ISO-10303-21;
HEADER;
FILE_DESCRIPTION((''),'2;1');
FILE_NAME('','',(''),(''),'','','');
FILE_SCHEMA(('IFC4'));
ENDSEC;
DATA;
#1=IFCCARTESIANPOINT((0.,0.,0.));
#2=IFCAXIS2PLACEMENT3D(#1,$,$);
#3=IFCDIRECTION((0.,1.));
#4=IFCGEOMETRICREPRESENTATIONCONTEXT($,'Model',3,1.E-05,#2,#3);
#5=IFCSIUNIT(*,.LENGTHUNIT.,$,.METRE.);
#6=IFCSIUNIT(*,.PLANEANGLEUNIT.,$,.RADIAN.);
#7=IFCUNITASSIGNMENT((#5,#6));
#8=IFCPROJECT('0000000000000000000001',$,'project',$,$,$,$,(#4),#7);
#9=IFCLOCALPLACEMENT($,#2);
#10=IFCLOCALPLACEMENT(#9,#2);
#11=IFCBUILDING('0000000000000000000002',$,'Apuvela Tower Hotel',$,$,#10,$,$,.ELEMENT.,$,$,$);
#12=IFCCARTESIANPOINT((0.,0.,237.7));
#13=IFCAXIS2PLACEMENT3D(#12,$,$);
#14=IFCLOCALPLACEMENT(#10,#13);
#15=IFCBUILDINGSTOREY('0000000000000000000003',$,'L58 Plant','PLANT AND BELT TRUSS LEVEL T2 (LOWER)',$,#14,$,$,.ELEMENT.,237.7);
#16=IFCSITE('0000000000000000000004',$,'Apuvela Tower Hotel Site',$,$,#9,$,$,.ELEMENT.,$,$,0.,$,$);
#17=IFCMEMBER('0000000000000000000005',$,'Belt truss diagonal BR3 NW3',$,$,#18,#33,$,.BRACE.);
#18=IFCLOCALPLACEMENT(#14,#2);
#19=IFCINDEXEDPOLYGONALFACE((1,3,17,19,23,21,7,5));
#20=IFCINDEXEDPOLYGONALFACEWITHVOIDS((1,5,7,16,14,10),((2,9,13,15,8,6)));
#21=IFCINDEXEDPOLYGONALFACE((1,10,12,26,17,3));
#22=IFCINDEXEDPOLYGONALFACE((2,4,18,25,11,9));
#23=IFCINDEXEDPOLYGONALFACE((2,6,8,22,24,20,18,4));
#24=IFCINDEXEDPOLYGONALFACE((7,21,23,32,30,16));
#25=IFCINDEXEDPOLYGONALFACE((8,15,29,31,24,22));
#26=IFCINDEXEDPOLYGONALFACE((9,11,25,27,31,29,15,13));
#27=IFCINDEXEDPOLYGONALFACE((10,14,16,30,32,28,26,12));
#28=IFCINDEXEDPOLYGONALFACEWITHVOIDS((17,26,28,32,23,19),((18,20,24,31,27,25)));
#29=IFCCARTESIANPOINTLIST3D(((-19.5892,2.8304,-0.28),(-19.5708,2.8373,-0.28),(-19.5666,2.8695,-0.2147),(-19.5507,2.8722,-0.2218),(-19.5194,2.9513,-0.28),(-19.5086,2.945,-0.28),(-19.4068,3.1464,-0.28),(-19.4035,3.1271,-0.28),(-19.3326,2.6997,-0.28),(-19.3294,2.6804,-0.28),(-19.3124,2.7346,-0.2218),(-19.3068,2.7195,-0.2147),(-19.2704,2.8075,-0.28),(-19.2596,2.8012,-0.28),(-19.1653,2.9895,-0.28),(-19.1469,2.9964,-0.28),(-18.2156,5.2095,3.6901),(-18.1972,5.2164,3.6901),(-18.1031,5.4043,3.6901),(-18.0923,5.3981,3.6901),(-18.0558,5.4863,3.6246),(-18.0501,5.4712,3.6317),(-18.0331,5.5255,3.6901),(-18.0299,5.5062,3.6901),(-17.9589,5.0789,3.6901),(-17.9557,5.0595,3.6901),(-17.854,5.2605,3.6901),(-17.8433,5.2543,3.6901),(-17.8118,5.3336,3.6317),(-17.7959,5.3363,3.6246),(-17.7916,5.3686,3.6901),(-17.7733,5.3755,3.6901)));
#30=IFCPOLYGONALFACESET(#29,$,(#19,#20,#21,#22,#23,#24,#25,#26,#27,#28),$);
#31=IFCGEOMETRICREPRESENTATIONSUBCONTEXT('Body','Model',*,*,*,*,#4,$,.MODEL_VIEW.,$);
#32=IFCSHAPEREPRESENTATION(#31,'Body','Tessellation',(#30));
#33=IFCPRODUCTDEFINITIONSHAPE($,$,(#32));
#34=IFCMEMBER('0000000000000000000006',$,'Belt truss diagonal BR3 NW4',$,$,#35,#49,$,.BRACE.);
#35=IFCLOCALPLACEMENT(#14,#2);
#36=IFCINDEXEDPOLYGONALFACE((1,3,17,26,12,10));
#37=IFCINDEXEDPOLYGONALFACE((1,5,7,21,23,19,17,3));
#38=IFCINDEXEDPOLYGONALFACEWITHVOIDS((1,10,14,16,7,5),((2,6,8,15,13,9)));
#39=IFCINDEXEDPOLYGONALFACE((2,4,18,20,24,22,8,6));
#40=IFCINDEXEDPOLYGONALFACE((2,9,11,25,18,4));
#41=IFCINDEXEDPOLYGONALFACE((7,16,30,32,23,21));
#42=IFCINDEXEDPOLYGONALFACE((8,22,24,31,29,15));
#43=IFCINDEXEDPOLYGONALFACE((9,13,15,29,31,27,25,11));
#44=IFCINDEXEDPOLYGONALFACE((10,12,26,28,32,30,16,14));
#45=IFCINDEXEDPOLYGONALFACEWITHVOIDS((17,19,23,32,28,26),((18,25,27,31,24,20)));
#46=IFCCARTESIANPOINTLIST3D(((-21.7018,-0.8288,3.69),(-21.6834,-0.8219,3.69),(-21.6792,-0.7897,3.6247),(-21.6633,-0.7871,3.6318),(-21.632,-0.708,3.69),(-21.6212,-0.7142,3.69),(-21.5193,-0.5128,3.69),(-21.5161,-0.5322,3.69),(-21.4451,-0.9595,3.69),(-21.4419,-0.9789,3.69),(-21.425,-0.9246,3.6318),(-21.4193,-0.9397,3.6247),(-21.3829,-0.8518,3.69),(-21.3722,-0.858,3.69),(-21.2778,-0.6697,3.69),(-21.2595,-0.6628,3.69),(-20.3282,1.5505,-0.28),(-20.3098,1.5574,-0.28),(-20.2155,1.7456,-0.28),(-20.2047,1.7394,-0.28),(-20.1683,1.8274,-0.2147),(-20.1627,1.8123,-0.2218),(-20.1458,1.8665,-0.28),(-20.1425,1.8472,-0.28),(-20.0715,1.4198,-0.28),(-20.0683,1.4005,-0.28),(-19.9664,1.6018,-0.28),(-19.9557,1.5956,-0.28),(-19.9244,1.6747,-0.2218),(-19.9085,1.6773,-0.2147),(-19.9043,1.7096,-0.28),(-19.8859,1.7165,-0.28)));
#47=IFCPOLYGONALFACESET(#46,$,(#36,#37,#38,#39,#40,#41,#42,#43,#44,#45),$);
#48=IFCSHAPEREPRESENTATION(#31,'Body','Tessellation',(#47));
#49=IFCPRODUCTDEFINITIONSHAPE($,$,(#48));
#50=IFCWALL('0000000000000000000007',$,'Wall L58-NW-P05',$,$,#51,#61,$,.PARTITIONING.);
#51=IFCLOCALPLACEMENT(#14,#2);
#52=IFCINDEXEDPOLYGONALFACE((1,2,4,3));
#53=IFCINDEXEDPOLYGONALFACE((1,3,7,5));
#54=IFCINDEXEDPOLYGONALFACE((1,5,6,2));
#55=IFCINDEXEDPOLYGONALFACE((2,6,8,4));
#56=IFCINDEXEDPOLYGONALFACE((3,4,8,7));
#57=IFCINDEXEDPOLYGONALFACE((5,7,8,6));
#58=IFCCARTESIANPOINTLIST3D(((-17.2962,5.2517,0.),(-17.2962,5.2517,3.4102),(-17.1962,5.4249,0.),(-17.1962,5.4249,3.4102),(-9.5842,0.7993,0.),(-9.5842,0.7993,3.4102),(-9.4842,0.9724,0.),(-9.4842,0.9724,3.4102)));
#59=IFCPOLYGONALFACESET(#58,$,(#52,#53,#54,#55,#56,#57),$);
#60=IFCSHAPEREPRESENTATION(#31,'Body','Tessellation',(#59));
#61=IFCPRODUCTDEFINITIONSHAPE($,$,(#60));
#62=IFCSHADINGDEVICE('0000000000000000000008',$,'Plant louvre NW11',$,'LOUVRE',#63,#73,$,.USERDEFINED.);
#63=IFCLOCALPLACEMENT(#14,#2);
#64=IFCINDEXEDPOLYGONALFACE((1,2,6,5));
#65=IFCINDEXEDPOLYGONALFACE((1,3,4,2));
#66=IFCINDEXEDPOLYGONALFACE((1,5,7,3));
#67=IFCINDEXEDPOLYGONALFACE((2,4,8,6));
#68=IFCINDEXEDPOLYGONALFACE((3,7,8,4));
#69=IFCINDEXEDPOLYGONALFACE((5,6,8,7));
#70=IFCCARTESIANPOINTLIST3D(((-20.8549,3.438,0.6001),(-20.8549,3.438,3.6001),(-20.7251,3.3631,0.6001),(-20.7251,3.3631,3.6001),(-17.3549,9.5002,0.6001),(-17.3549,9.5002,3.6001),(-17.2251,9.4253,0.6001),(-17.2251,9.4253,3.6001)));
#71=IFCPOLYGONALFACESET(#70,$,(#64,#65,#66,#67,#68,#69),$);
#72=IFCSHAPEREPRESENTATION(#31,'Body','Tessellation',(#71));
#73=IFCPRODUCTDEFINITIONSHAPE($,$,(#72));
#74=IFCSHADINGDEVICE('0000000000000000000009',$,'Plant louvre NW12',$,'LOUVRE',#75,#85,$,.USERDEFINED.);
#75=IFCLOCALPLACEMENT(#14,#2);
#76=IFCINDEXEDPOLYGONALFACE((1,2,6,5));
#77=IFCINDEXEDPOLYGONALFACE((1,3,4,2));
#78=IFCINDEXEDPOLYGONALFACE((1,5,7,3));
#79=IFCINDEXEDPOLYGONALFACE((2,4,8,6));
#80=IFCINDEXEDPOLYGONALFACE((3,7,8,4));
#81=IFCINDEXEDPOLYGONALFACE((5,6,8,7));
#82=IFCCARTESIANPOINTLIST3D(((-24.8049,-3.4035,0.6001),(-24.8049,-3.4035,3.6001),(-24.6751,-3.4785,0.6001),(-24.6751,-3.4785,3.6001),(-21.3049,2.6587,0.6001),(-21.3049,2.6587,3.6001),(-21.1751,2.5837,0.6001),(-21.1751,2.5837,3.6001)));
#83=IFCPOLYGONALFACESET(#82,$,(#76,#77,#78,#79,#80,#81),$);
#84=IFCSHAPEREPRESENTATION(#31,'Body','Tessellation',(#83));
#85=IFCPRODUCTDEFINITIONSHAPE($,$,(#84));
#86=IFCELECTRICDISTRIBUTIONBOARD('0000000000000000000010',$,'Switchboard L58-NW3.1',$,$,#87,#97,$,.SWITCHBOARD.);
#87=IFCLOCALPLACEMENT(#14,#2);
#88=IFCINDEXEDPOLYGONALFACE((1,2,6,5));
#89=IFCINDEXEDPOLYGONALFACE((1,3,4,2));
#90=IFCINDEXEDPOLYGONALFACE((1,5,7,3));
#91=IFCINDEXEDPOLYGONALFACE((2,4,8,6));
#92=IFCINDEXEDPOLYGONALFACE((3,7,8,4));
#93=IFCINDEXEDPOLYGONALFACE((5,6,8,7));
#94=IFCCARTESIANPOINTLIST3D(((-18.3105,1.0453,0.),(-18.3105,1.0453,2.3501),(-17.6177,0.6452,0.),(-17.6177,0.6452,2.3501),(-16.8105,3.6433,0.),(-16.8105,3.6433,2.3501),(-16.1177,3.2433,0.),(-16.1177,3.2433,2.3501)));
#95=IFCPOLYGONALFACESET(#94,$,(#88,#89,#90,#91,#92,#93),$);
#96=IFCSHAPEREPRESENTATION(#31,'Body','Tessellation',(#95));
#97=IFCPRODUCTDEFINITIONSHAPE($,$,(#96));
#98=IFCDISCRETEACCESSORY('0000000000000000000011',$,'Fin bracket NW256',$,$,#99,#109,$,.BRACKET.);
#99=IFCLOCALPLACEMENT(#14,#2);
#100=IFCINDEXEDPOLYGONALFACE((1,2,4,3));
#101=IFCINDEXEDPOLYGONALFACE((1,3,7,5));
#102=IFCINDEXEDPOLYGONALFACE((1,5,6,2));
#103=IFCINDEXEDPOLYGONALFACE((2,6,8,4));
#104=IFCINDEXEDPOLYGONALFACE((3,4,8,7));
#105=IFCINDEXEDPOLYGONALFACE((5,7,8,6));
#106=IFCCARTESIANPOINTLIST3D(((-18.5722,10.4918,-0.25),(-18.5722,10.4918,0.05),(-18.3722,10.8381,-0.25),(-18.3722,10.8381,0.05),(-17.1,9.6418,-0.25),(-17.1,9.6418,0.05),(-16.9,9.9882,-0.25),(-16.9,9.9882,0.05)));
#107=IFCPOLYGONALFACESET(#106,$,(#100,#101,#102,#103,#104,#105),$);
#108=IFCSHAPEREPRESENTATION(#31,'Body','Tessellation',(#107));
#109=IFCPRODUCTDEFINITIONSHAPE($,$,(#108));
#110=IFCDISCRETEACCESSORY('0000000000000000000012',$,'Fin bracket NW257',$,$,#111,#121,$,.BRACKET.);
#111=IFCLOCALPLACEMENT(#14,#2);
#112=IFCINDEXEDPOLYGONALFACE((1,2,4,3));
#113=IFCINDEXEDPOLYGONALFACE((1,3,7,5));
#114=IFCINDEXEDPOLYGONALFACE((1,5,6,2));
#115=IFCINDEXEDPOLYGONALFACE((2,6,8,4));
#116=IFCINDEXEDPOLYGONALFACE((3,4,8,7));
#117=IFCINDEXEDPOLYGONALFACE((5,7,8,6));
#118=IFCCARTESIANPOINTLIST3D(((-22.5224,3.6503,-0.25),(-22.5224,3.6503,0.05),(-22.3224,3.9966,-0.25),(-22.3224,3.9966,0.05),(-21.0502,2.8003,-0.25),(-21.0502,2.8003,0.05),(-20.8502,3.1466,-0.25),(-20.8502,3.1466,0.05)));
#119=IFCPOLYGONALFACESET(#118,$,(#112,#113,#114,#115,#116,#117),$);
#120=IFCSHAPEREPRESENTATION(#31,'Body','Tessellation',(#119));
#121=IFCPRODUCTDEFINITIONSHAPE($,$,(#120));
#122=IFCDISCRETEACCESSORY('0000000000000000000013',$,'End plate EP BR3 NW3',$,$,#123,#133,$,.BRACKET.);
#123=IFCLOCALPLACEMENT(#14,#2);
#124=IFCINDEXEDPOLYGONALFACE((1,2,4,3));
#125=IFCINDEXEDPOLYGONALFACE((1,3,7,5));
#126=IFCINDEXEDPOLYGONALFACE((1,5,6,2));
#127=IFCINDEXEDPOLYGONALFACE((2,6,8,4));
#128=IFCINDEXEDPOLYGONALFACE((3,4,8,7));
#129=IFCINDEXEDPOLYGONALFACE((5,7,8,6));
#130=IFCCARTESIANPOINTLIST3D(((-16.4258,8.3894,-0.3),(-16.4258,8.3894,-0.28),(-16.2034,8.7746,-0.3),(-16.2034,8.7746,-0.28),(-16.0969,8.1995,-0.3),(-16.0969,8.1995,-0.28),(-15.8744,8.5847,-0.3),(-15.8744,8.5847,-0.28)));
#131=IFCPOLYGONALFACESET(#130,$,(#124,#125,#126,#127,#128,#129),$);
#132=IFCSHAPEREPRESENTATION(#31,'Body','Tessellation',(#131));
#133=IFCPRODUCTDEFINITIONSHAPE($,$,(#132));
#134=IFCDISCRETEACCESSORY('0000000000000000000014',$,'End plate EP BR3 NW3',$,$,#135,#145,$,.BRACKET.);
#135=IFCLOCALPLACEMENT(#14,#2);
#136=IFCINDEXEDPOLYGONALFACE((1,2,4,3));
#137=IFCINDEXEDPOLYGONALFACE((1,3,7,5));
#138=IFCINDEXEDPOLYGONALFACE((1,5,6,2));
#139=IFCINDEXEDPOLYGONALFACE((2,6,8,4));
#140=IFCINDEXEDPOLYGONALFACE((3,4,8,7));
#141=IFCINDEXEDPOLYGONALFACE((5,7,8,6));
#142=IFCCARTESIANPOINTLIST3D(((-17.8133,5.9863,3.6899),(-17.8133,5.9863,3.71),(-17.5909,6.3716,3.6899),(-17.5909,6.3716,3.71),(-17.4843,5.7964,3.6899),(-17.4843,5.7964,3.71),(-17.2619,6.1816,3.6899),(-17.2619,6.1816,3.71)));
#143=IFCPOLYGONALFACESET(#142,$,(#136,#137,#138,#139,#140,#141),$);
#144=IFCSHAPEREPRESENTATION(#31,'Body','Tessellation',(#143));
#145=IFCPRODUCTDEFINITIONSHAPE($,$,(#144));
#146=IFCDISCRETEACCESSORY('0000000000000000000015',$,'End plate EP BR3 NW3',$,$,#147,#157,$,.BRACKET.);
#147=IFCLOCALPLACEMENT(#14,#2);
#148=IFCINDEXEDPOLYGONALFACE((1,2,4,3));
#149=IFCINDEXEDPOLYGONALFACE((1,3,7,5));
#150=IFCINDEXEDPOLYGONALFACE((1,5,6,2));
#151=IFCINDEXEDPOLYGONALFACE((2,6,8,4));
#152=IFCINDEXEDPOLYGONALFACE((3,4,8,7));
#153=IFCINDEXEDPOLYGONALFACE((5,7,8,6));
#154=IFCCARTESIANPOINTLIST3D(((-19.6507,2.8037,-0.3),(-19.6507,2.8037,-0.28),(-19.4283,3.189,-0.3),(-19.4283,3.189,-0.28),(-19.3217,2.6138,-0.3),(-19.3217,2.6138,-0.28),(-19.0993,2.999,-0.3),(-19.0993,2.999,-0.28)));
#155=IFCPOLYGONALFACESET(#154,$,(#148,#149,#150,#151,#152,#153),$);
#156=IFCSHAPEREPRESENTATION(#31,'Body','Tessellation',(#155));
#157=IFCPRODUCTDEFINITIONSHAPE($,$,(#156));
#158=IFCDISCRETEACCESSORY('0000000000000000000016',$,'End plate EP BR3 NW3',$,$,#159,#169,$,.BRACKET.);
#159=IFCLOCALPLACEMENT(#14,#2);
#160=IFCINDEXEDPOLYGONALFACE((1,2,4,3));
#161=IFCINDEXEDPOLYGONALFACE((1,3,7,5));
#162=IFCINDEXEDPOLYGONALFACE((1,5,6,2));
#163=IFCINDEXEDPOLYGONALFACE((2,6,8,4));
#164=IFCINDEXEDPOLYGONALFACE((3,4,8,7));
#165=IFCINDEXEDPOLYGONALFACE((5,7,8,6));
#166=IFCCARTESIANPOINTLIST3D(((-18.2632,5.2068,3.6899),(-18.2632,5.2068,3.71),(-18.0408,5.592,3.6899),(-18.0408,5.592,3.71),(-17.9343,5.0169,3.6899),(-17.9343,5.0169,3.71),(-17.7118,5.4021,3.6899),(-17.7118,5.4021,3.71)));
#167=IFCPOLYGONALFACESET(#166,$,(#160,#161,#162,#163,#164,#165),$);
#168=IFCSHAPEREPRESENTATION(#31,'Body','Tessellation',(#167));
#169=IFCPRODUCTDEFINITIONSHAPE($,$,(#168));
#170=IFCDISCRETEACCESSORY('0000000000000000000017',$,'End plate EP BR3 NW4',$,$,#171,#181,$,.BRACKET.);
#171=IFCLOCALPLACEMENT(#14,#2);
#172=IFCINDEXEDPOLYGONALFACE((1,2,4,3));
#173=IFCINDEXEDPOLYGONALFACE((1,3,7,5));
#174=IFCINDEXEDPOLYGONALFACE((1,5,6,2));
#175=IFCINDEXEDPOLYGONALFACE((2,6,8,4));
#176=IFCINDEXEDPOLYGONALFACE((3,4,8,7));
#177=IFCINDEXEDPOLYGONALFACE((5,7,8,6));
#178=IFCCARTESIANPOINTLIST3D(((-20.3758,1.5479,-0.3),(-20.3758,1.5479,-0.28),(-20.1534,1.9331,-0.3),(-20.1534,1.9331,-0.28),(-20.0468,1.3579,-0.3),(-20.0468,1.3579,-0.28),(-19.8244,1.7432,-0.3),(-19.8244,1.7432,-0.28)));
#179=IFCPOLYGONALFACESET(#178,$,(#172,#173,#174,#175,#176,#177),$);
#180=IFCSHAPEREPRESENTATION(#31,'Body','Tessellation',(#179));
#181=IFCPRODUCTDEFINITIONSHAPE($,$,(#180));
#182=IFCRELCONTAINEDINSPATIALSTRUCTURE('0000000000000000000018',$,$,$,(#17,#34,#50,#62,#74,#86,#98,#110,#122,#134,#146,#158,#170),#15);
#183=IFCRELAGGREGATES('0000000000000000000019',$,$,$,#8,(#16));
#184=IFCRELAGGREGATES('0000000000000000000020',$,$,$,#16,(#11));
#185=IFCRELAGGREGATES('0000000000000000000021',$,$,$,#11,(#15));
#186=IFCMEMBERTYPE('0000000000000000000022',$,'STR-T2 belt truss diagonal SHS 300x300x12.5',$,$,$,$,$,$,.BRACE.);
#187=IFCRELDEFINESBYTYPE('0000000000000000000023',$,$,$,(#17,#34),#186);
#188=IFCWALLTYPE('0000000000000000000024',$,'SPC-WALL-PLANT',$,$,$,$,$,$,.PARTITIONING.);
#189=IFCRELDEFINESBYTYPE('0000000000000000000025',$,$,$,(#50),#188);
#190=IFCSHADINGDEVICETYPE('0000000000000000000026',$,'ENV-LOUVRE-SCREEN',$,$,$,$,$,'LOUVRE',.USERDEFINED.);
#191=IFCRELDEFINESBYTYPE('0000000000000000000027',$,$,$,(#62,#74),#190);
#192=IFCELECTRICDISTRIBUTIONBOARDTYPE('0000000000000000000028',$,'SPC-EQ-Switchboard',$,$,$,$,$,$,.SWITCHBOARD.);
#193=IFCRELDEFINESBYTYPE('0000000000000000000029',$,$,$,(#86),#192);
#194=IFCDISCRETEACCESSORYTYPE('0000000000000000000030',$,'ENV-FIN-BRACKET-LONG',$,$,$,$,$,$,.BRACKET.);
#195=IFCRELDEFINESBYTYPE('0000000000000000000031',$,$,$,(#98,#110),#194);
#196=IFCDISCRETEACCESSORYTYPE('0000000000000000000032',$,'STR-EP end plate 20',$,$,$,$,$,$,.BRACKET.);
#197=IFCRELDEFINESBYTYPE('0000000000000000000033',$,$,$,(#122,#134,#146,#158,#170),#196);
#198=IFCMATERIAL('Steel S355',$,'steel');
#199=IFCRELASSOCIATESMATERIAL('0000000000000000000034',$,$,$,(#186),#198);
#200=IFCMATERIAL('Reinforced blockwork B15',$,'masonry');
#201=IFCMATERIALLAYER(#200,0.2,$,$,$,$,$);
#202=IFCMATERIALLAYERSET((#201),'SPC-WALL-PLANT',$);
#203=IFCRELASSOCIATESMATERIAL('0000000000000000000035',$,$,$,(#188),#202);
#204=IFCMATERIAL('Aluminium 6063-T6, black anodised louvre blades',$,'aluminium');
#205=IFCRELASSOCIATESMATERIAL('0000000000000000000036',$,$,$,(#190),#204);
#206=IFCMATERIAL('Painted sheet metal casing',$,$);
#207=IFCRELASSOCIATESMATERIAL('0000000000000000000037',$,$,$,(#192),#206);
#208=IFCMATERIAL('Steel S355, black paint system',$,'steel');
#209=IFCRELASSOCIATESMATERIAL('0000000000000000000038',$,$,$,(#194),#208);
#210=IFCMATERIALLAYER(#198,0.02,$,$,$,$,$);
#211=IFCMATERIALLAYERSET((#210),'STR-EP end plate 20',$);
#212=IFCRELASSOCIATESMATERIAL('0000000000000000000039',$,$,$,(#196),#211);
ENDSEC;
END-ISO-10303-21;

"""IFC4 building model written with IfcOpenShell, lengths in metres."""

from ifc_helpers import new_model, si_unit, direction, frame, frame_2d, origin, origin_2d, place, context, subcontext, project, spatial, rectangle, hollow_rectangle, extrude, boolean, halfspace, material, layer, layer_set, material_profile, profile_set, type_object, element, save


model = new_model("IFC4")

# Units and contexts
model_context = context("Model", 3, precision=1e-05, world=origin(), true_north=direction((0.0, 1.0)))
body_context = subcontext(model_context, "Body", "Model", "MODEL_VIEW")
ifc_project = project(units=[si_unit("LENGTHUNIT", "METRE"), si_unit("PLANEANGLEUNIT", "RADIAN")], contexts=[model_context])

# Site, building, storey
site_placement = place(None, origin())
site = spatial("IfcSite", under=ifc_project, at=site_placement, Name="Apuvela Tower Hotel Site", CompositionType="ELEMENT", RefElevation=0.0)
building_placement = place(site_placement, origin())
building = spatial("IfcBuilding", under=site, at=building_placement, Name="Apuvela Tower Hotel", CompositionType="ELEMENT")
storey_placement = place(building_placement, frame((0.0, 0.0, 237.7)))
storey = spatial("IfcBuildingStorey", under=building, at=storey_placement, Name="L58 Plant", Description="PLANT AND BELT TRUSS LEVEL T2 (LOWER)", CompositionType="ELEMENT", Elevation=237.7)

# Shared definitions
ifc_material_1 = material(Name="Steel S355", Category="steel")

# Members
ifc_material_profile_1 = material_profile(ifc_material_1, hollow_rectangle(XDim=0.3, YDim=0.3, WallThickness=0.0125, at=origin_2d()), Name="SHS 300x300x12.5")
ifc_profile_set_1 = profile_set([ifc_material_profile_1], Name="Steel S355")
member_type_1 = type_object("IfcMemberType", Name="STR-T2 belt truss diagonal SHS 300x300x12.5", PredefinedType="BRACE", material=ifc_profile_set_1)
member_1_placement = place(storey_placement, frame((-19.375, 2.9014, -0.3), z_axis=(0.284519, 0.49279, 0.822318), x_axis=(-0.411167, -0.712144, 0.569028)))
solid_1 = boolean("DIFFERENCE", boolean("DIFFERENCE", extrude(hollow_rectangle(XDim=0.3, YDim=0.3, WallThickness=0.0125, at=origin_2d()), frame((0.0, 0.0, -0.2239)), (0.0, 0.0, 1.0), 5.324), halfspace(frame((0.0, 0.0, 0.0244), z_axis=(0.569028, 0.0, 0.822318), x_axis=(0.822318, 0.0, -0.569028)), True)), halfspace(frame((0.0, 0.0, 4.8523), z_axis=(0.569028, 0.0, 0.822318), x_axis=(0.822318, 0.0, -0.569028)), False))
element("IfcMember", 1, at=member_1_placement, inside=storey, type_object=member_type_1, Name="Belt truss diagonal BR3 NW3", PredefinedType="BRACE", context=body_context, shape_type="SweptSolid", body=[
    boolean("UNION", boolean("DIFFERENCE", boolean("DIFFERENCE", extrude(hollow_rectangle(XDim=0.3, YDim=0.3, WallThickness=0.0125, at=origin_2d()), origin(), (0.0, 0.0, 1.0), 4.8765), halfspace(frame((0.0, 0.0, 0.0244), z_axis=(0.569028, 0.0, 0.822318), x_axis=(0.822318, 0.0, -0.569028)), True)), halfspace(frame((0.0, 0.0, 4.8523), z_axis=(0.569028, 0.0, 0.822318), x_axis=(0.822318, 0.0, -0.569028)), False)), solid_1),
])
member_2_placement = place(storey_placement, frame((-20.1001, 1.6455, -0.3), z_axis=(-0.284512, -0.492828, 0.822298), x_axis=(0.411125, 0.712144, 0.569058)))
solid_2 = boolean("DIFFERENCE", boolean("DIFFERENCE", extrude(hollow_rectangle(XDim=0.3, YDim=0.3, WallThickness=0.0125, at=origin_2d()), frame((0.0, 0.0, -0.2239)), (0.0, 0.0, 1.0), 5.3242), halfspace(frame((0.0, 0.0, 0.0244), z_axis=(0.569058, 0.0, 0.822298), x_axis=(0.822298, 0.0, -0.569058)), True)), halfspace(frame((0.0, 0.0, 4.8523), z_axis=(0.569058, 0.0, 0.822298), x_axis=(0.822298, 0.0, -0.569058)), False))
element("IfcMember", 2, at=member_2_placement, inside=storey, type_object=member_type_1, Name="Belt truss diagonal BR3 NW4", PredefinedType="BRACE", context=body_context, shape_type="SweptSolid", body=[
    boolean("UNION", boolean("DIFFERENCE", boolean("DIFFERENCE", extrude(hollow_rectangle(XDim=0.3, YDim=0.3, WallThickness=0.0125, at=origin_2d()), origin(), (0.0, 0.0, 1.0), 4.8767), halfspace(frame((0.0, 0.0, 0.0244), z_axis=(0.569058, 0.0, 0.822298), x_axis=(0.822298, 0.0, -0.569058)), True)), halfspace(frame((0.0, 0.0, 4.8523), z_axis=(0.569058, 0.0, 0.822298), x_axis=(0.822298, 0.0, -0.569058)), False)), solid_2),
])

# Wall
ifc_material_2 = material(Name="Reinforced blockwork B15", Category="masonry")
ifc_layer_1 = layer(ifc_material_2, 0.2)
ifc_layer_set_1 = layer_set([ifc_layer_1], Name="SPC-WALL-PLANT")
wall_type = type_object("IfcWallType", Name="SPC-WALL-PLANT", PredefinedType="PARTITIONING", material=ifc_layer_set_1)
wall_placement = place(storey_placement, frame((-17.2463, 5.3384, 0.0), z_axis=(0.0, 0.0, 1.0), x_axis=(0.866029, -0.499993, 0.0)))
element("IfcWall", 3, at=wall_placement, inside=storey, type_object=wall_type, Name="Wall L58-NW-P05", PredefinedType="PARTITIONING", context=body_context, shape_type="SweptSolid", body=[
    extrude(rectangle(XDim=8.905, YDim=0.2, at=frame_2d((4.4526, 0.0))), origin(), (0.0, 0.0, 1.0), 3.4102),
])

# Shading devices
ifc_material_3 = material(Name="Aluminium 6063-T6, black anodised louvre blades", Category="aluminium")
shading_device_type = type_object("IfcShadingDeviceType", Name="ENV-LOUVRE-SCREEN", ElementType="LOUVRE", PredefinedType="USERDEFINED", material=ifc_material_3)
for number, where, z_axis, x_axis, name in (
    (4, (-19.04, 6.4316, 0.6001), (0.0, 0.0, 1.0), (-0.5, -0.866025, 0.0), "Plant louvre NW11"),
    (5, (-22.99, -0.4099, 0.6001), (0.0, 0.0, 1.0), (-0.5, -0.866025, 0.0), "Plant louvre NW12"),
):
    element("IfcShadingDevice", number, at=place(storey_placement, frame(where, z_axis=z_axis, x_axis=x_axis)), inside=storey, type_object=shading_device_type, Name=name, ObjectType="LOUVRE", PredefinedType="USERDEFINED", context=body_context, shape_type="SweptSolid", body=[
        extrude(rectangle(XDim=7.0, YDim=0.1499, at=origin_2d()), origin(), (0.0, 0.0, 1.0), 3.0),
    ])

# Electric distribution board
ifc_material_4 = material(Name="Painted sheet metal casing")
electric_distribution_board_type = type_object("IfcElectricDistributionBoardType", Name="SPC-EQ-Switchboard", PredefinedType="SWITCHBOARD", material=ifc_material_4)
electric_distribution_board_placement = place(storey_placement, frame((-17.2141, 2.1443, 0.0), z_axis=(0.0, 0.0, 1.0), x_axis=(-0.5, -0.866025, 0.0)))
element("IfcElectricDistributionBoard", 6, at=electric_distribution_board_placement, inside=storey, type_object=electric_distribution_board_type, Name="Switchboard L58-NW3.1", PredefinedType="SWITCHBOARD", context=body_context, shape_type="SweptSolid", body=[
    extrude(rectangle(XDim=3.0, YDim=0.8, at=origin_2d()), origin(), (0.0, 0.0, 1.0), 2.3501),
])

# Discrete accessories
ifc_material_5 = material(Name="Steel S355, black paint system", Category="steel")
discrete_accessory_type_1 = type_object("IfcDiscreteAccessoryType", Name="ENV-FIN-BRACKET-LONG", PredefinedType="BRACKET", material=ifc_material_5)
for number, where, z_axis, x_axis, name in (
    (7, (-17.7361, 10.24, -0.25), (0.0, 0.0, 1.0), (-0.5, -0.866025, 0.0), "Fin bracket NW256"),
    (8, (-21.6863, 3.3984, -0.25), (0.0, 0.0, 1.0), (-0.5, -0.866025, 0.0), "Fin bracket NW257"),
):
    element("IfcDiscreteAccessory", number, at=place(storey_placement, frame(where, z_axis=z_axis, x_axis=x_axis)), inside=storey, type_object=discrete_accessory_type_1, Name=name, PredefinedType="BRACKET", context=body_context, shape_type="SweptSolid", body=[
        extrude(rectangle(XDim=0.3999, YDim=1.7, at=origin_2d()), origin(), (0.0, 0.0, 1.0), 0.3),
    ])
ifc_layer_2 = layer(ifc_material_1, 0.02)
ifc_layer_set_2 = layer_set([ifc_layer_2], Name="STR-EP end plate 20")
discrete_accessory_type_2 = type_object("IfcDiscreteAccessoryType", Name="STR-EP end plate 20", PredefinedType="BRACKET", material=ifc_layer_set_2)
for number, where, z_axis, x_axis, name in (
    (9, (-16.1501, 8.4871, -0.3), (0.0, 0.0, 1.0), (-0.5, -0.866025, 0.0), "End plate EP BR3 NW3"),
    (10, (-17.5376, 6.084, 3.6899), (0.0, 0.0, 1.0), (-0.5, -0.866025, 0.0), "End plate EP BR3 NW3"),
    (11, (-19.375, 2.9014, -0.3), (0.0, 0.0, 1.0), (0.5, 0.866025, 0.0), "End plate EP BR3 NW3"),
    (12, (-17.9875, 5.3044, 3.6899), (0.0, 0.0, 1.0), (0.5, 0.866025, 0.0), "End plate EP BR3 NW3"),
    (13, (-20.1001, 1.6455, -0.3), (0.0, 0.0, 1.0), (-0.5, -0.866025, 0.0), "End plate EP BR3 NW4"),
):
    element("IfcDiscreteAccessory", number, at=place(storey_placement, frame(where, z_axis=z_axis, x_axis=x_axis)), inside=storey, type_object=discrete_accessory_type_2, Name=name, PredefinedType="BRACKET", context=body_context, shape_type="SweptSolid", body=[
        extrude(rectangle(XDim=0.4448, YDim=0.3799, at=origin_2d()), origin(), (0.0, 0.0, 1.0), 0.02),
    ])

save(model, "model.ifc")
